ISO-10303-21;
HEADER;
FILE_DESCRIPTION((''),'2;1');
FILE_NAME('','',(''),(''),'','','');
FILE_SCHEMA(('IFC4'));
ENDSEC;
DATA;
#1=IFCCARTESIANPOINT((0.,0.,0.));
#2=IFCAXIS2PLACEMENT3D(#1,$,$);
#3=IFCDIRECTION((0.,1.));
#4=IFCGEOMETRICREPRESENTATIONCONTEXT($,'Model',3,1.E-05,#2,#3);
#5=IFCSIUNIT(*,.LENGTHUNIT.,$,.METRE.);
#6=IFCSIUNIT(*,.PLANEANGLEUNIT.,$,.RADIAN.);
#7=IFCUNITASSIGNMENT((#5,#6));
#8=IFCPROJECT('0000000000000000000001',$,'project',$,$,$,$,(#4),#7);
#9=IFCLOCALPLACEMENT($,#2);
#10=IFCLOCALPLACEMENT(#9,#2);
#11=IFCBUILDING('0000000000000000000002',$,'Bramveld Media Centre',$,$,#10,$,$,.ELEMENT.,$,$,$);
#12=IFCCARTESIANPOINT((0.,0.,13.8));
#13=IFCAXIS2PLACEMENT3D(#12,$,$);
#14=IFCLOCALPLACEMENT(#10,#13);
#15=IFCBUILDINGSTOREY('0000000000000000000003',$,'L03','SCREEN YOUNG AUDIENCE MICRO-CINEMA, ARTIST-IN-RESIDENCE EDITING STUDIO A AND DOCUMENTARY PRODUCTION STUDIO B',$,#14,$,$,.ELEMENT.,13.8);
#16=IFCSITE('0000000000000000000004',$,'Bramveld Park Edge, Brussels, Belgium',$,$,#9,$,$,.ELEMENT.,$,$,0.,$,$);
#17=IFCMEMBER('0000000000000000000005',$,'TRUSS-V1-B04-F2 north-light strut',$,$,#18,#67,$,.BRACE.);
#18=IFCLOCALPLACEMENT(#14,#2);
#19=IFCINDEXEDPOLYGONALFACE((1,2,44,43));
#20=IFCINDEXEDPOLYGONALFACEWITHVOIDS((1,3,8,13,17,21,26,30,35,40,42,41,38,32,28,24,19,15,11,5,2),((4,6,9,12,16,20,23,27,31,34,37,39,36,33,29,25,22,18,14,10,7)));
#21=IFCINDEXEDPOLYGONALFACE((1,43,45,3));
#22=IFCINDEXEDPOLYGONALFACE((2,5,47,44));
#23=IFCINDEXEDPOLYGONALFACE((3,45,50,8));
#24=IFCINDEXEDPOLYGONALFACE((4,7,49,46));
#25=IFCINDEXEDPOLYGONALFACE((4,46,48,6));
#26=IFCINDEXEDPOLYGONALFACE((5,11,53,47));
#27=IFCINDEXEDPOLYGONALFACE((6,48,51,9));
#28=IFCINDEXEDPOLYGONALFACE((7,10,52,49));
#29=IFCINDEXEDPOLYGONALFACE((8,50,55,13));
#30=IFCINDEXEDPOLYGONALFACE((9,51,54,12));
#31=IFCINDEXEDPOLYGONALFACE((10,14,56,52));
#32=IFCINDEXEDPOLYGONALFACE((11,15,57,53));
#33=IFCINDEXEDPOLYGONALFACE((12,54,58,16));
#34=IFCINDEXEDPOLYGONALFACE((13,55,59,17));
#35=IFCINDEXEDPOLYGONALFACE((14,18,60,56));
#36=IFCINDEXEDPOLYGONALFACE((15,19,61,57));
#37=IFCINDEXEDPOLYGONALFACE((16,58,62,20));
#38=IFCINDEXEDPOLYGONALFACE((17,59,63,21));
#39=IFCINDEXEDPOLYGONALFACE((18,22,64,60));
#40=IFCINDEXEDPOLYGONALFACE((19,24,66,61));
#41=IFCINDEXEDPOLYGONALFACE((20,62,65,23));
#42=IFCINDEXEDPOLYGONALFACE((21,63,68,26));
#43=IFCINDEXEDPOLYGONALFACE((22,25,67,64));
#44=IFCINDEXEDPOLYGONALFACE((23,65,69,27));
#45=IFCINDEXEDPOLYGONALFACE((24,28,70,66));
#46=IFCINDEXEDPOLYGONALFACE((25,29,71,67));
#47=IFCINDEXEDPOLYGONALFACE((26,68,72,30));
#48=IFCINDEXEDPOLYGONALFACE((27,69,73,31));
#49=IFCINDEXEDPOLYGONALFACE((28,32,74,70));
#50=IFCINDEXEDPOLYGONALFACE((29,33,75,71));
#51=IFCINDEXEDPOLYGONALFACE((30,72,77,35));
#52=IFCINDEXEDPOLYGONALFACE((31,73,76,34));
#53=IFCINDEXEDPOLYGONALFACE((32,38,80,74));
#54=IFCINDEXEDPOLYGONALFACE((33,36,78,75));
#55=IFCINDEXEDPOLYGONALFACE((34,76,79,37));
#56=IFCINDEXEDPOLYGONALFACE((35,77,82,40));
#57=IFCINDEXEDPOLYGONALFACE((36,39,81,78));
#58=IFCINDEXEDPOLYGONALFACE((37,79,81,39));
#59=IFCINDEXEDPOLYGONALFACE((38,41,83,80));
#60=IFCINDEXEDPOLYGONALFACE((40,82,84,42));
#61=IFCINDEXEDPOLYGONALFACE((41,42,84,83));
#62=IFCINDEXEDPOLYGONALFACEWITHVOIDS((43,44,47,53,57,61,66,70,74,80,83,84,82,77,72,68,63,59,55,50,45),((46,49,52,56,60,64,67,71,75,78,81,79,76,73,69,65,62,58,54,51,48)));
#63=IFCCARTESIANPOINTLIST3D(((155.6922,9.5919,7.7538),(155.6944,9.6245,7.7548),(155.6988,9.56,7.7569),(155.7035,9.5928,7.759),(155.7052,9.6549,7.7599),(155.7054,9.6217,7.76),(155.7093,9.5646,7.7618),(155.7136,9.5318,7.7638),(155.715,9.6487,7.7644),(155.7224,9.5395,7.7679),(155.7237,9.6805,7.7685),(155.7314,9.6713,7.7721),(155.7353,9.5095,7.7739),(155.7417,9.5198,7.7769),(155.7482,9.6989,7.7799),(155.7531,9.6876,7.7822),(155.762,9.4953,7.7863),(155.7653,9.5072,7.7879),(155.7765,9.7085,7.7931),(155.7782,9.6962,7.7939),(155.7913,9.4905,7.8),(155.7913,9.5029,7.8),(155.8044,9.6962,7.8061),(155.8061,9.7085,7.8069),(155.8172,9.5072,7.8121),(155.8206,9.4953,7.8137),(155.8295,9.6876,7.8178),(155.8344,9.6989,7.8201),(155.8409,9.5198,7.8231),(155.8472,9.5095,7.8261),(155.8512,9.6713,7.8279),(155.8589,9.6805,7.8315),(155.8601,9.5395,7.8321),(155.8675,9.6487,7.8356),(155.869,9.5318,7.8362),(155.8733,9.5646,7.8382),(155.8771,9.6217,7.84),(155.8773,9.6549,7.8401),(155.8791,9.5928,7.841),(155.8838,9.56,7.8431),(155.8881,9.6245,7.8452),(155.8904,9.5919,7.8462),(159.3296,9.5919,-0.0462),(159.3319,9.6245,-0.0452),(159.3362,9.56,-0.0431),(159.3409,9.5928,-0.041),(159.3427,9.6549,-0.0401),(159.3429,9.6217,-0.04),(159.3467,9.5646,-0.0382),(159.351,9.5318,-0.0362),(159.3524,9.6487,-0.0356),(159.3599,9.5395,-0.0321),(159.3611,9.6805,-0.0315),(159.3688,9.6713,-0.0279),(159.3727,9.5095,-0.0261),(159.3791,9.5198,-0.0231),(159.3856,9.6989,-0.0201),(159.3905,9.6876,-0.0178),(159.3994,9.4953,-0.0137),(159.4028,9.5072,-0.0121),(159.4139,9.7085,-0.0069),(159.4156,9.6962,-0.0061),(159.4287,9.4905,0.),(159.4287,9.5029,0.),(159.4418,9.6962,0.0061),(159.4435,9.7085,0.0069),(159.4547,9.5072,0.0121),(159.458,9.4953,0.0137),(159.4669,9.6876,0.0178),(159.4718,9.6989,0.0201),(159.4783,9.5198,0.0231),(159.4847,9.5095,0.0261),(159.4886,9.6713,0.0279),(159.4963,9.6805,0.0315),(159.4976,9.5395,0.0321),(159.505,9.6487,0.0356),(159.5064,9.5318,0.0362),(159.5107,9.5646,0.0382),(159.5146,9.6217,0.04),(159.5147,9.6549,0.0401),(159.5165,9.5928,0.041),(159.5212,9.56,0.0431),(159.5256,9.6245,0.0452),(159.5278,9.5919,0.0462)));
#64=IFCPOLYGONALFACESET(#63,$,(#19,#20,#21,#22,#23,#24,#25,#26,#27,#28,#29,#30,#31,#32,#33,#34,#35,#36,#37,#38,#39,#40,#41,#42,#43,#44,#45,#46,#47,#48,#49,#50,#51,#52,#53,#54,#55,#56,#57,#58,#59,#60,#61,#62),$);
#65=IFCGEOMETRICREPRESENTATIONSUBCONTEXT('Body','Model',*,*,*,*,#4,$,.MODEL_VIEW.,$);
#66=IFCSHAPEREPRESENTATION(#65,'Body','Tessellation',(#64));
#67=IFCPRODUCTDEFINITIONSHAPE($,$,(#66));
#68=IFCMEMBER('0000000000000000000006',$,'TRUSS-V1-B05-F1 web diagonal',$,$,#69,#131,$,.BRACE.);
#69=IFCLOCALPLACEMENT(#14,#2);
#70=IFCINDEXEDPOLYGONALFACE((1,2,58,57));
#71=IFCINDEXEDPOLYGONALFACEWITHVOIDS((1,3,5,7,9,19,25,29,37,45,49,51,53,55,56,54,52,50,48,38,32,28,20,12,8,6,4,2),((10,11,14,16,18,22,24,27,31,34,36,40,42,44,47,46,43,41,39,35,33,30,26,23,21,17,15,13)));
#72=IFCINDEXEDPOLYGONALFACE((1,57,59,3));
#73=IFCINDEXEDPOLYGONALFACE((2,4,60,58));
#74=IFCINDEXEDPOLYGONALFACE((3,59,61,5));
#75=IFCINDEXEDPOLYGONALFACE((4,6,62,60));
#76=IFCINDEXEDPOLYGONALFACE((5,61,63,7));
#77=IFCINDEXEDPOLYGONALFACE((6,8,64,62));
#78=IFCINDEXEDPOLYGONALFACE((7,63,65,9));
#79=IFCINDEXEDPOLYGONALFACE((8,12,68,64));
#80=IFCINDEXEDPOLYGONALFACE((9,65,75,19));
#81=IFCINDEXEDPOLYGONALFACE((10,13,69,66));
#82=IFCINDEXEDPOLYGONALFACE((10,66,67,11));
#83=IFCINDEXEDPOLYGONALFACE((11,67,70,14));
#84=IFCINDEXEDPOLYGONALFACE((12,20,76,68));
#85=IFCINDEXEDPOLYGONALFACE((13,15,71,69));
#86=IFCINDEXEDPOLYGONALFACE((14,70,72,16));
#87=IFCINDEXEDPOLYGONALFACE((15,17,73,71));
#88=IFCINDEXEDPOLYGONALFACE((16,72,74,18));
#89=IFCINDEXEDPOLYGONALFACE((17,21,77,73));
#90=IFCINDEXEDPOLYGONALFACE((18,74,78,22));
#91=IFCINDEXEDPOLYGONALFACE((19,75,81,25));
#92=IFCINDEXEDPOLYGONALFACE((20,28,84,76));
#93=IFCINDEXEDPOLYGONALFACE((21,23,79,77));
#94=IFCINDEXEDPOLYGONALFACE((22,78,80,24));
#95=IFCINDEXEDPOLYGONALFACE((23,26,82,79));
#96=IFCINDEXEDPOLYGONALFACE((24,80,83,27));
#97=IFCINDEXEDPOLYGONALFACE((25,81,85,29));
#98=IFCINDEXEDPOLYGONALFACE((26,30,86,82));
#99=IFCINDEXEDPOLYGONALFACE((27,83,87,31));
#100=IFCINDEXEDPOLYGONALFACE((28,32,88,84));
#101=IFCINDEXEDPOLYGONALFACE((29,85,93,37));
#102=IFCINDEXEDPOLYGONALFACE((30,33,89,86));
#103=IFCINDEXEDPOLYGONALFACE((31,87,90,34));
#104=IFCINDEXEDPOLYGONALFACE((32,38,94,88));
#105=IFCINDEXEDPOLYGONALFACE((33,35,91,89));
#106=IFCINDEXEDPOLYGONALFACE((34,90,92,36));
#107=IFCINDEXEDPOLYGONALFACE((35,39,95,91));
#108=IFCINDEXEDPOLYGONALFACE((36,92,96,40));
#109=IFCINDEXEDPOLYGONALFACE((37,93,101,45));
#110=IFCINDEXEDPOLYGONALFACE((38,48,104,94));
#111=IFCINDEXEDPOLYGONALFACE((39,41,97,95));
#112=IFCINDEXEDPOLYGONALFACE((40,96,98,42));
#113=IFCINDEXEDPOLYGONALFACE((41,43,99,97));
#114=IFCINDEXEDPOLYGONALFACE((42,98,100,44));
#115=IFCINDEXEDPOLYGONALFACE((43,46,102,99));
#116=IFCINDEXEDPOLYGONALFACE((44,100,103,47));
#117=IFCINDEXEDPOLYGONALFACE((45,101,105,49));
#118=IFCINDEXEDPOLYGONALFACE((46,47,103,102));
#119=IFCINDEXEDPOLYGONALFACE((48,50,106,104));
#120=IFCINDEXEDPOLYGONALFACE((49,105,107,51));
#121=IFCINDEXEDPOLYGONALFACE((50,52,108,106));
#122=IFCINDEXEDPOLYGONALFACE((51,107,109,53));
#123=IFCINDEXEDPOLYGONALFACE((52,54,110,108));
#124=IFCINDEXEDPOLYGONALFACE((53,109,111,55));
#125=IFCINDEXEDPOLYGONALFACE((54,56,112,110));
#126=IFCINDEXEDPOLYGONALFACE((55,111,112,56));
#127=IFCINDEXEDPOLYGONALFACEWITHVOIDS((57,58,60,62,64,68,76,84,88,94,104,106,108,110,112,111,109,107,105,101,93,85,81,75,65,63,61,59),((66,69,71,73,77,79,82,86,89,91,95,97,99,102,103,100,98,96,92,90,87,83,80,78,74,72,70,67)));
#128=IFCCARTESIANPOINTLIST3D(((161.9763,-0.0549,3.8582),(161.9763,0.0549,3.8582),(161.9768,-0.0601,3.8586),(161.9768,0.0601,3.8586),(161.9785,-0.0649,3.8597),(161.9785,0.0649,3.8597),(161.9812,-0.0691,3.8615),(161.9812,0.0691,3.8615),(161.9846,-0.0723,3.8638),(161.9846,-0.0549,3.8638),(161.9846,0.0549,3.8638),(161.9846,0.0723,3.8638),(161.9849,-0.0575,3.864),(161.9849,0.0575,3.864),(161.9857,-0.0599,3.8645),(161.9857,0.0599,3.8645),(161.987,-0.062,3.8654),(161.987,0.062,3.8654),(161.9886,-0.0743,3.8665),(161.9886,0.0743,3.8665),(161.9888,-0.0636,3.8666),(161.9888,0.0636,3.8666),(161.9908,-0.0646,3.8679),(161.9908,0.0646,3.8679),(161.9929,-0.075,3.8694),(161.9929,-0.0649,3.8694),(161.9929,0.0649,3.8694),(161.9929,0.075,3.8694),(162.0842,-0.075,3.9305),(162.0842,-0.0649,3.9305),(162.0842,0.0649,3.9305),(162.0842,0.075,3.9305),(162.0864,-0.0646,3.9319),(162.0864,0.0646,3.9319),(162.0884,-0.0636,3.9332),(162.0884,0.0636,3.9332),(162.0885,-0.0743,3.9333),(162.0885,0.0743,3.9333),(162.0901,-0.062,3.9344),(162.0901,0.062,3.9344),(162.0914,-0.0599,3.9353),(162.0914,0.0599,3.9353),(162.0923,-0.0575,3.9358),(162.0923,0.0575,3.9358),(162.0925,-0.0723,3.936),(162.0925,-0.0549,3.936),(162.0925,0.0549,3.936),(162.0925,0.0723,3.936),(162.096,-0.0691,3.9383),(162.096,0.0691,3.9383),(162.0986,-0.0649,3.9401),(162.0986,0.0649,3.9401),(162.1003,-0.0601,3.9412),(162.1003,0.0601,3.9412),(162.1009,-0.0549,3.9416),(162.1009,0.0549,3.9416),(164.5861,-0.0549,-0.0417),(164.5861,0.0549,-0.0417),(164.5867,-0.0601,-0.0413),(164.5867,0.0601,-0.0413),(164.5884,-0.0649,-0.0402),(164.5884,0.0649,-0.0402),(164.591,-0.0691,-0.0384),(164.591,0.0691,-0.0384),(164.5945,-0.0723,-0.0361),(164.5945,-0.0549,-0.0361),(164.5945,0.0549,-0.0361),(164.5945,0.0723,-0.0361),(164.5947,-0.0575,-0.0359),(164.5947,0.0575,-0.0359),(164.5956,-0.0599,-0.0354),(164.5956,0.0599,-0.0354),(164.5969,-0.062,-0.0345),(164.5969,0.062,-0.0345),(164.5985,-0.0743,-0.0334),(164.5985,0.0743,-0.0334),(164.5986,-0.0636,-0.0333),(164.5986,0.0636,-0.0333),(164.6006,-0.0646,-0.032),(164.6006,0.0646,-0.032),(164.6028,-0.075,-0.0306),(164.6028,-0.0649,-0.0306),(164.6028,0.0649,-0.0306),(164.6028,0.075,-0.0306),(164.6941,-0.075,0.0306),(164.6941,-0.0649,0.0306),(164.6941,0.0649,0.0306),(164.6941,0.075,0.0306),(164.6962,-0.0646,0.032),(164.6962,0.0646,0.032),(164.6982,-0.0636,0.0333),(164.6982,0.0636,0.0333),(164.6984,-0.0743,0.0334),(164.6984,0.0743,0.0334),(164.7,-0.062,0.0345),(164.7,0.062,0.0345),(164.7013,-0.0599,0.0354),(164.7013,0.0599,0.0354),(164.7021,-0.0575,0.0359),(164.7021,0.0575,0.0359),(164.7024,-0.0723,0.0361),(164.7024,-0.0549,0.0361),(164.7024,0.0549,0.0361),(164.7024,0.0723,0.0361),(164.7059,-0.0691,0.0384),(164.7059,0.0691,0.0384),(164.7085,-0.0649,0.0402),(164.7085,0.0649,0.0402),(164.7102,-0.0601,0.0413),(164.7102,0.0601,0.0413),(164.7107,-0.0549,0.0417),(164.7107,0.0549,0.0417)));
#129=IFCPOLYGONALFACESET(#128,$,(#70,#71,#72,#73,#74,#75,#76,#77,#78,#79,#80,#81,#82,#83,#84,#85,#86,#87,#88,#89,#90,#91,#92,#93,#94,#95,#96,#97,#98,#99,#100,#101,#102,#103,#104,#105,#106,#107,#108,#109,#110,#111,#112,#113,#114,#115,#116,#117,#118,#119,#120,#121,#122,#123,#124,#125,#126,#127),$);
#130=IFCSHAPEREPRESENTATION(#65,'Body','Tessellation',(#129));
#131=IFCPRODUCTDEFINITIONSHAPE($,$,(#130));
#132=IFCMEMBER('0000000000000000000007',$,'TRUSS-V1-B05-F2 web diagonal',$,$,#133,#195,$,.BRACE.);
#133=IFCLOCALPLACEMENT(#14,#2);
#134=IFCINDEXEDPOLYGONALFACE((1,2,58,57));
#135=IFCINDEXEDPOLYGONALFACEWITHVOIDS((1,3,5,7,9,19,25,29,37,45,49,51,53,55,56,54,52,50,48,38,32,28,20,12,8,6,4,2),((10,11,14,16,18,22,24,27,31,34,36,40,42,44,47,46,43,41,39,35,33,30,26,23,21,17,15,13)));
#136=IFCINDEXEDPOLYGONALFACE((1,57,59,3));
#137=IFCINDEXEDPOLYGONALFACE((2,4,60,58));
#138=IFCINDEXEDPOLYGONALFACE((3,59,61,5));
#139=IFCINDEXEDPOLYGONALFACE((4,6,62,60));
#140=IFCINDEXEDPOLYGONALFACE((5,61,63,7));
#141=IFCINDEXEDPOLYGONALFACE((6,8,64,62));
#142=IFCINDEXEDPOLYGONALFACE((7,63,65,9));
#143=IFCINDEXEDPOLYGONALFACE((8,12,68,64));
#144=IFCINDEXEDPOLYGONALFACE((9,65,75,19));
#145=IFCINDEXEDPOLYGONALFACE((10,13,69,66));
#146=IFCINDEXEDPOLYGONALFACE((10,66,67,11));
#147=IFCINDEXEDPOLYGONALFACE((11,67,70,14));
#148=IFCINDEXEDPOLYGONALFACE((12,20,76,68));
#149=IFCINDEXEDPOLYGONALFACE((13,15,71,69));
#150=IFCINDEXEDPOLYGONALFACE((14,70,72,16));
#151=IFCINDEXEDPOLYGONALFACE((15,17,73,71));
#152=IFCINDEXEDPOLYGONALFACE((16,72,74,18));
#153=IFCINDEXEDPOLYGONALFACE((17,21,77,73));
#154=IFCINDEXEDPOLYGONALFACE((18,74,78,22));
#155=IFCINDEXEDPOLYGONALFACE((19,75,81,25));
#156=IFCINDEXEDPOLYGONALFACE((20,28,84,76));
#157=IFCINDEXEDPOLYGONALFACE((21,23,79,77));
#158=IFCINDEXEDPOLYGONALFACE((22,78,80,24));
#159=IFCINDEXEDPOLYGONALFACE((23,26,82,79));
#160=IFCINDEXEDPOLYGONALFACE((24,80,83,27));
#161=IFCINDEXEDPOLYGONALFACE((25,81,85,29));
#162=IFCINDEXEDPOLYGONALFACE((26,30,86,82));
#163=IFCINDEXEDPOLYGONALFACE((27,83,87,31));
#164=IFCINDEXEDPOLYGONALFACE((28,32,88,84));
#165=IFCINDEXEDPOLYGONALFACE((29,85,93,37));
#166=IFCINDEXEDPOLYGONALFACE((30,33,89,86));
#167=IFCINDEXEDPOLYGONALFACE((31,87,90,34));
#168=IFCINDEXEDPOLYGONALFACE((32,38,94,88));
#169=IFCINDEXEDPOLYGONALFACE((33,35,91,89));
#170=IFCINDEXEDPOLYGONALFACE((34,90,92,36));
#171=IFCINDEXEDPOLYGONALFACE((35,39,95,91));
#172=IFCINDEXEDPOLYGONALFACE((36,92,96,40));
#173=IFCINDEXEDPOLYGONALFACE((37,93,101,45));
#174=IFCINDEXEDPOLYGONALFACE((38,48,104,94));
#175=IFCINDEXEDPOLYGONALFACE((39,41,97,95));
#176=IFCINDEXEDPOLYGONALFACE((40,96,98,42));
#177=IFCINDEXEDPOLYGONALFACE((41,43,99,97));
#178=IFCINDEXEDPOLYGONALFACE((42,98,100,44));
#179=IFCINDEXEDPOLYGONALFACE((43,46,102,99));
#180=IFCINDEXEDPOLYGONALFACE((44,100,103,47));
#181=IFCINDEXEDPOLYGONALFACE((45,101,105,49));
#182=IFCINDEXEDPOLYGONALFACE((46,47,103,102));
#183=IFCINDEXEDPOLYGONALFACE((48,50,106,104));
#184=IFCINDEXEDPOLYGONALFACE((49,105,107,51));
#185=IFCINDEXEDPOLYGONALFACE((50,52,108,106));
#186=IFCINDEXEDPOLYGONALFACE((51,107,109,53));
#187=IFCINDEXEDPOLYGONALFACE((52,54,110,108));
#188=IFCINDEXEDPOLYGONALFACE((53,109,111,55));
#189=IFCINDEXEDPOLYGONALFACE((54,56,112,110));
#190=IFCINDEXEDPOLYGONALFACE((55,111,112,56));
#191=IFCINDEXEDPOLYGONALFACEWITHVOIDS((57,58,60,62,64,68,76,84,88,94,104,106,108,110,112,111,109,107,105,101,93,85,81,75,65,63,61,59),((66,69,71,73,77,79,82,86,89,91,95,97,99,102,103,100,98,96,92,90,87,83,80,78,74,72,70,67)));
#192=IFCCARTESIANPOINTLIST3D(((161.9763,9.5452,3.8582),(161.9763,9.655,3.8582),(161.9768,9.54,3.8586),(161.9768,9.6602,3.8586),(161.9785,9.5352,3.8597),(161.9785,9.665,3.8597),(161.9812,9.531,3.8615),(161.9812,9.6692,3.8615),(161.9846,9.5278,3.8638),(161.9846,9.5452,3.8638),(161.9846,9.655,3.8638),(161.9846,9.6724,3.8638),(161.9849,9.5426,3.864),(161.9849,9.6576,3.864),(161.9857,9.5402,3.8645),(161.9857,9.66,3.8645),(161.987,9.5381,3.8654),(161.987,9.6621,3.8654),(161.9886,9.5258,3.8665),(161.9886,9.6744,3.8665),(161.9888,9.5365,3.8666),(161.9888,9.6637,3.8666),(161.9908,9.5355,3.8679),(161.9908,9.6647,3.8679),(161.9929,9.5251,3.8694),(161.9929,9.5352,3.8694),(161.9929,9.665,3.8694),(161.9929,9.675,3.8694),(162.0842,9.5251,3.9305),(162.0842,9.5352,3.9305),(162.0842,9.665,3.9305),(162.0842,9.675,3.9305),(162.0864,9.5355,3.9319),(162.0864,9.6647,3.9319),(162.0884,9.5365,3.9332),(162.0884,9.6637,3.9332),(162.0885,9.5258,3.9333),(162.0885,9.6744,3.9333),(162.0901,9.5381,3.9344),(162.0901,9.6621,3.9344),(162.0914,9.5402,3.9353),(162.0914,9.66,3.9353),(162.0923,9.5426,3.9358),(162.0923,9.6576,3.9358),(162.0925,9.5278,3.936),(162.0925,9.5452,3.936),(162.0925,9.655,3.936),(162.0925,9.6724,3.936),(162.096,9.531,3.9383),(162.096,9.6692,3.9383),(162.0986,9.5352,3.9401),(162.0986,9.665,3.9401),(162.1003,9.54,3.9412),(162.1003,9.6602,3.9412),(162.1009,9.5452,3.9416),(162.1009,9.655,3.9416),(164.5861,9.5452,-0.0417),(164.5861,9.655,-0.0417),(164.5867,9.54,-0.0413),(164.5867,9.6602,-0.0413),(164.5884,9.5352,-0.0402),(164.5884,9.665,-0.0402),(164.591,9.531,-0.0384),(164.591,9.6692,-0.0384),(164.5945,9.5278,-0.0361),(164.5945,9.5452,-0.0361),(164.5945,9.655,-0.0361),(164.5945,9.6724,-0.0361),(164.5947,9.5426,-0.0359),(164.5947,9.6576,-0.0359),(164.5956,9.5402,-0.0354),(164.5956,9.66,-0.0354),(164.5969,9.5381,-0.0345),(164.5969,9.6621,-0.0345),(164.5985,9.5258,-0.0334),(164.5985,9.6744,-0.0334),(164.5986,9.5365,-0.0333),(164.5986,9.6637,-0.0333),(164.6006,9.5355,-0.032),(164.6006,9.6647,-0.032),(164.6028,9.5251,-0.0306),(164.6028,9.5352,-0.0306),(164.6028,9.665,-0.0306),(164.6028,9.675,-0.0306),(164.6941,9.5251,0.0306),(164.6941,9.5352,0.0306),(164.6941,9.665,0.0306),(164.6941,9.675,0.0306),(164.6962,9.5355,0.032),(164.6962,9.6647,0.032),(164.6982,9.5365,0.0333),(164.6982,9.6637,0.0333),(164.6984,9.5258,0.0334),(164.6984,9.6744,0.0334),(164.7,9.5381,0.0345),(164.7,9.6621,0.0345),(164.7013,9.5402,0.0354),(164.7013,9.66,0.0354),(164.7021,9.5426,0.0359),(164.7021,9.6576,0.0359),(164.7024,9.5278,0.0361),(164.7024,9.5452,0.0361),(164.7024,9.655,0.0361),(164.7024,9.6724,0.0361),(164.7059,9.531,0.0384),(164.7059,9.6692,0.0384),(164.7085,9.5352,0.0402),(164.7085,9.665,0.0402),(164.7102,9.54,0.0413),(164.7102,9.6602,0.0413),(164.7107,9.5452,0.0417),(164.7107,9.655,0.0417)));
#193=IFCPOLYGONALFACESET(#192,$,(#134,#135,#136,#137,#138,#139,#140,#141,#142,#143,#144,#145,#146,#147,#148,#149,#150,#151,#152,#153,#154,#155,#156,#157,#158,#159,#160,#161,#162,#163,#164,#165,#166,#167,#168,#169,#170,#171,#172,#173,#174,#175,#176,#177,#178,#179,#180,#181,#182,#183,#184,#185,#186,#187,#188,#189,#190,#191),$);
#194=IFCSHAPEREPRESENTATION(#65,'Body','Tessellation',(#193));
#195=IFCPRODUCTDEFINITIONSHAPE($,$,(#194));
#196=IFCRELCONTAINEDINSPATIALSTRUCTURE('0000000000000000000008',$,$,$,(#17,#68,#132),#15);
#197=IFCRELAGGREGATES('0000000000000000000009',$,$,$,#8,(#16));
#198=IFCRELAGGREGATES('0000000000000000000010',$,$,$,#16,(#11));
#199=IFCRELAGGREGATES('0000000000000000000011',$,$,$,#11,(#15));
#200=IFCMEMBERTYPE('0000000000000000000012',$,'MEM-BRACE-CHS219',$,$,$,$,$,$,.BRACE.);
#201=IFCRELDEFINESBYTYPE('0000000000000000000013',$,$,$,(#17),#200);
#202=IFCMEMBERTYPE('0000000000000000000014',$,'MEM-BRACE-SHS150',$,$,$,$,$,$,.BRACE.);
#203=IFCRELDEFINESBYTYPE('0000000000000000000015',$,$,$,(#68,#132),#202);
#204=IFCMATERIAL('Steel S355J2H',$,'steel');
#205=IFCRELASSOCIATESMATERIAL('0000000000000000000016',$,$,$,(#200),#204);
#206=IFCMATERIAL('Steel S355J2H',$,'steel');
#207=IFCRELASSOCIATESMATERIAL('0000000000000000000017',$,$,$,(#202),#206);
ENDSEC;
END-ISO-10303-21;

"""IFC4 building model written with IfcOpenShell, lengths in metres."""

from ifc_helpers import new_model, si_unit, direction, frame, origin, origin_2d, place, context, subcontext, project, spatial, hollow_rectangle, hollow_circle, extrude, material, material_profile, profile_set, type_object, element, save


model = new_model("IFC4")

# Units and contexts
model_context = context("Model", 3, precision=1e-05, world=origin(), true_north=direction((0.0, 1.0)))
body_context = subcontext(model_context, "Body", "Model", "MODEL_VIEW")
ifc_project = project(units=[si_unit("LENGTHUNIT", "METRE"), si_unit("PLANEANGLEUNIT", "RADIAN")], contexts=[model_context])

# Site, building, storey
site_placement = place(None, origin())
site = spatial("IfcSite", under=ifc_project, at=site_placement, Name="Bramveld Park Edge, Brussels, Belgium", CompositionType="ELEMENT", RefElevation=0.0)
building_placement = place(site_placement, origin())
building = spatial("IfcBuilding", under=site, at=building_placement, Name="Bramveld Media Centre", CompositionType="ELEMENT")
storey_placement = place(building_placement, frame((0.0, 0.0, 13.8)))
storey = spatial("IfcBuildingStorey", under=building, at=storey_placement, Name="L03", Description="SCREEN YOUNG AUDIENCE MICRO-CINEMA, ARTIST-IN-RESIDENCE EDITING STUDIO A AND DOCUMENTARY PRODUCTION STUDIO B", CompositionType="ELEMENT", Elevation=13.8)

# Members
ifc_material_1 = material(Name="Steel S355J2H", Category="steel")
ifc_material_profile_1 = material_profile(ifc_material_1, hollow_circle(Radius=0.1096, WallThickness=0.0125, at=origin_2d()), Name="CHS 219.1x12.5")
ifc_profile_set_1 = profile_set([ifc_material_profile_1], Name="Steel S355J2H")
member_type_1 = type_object("IfcMemberType", Name="MEM-BRACE-CHS219", PredefinedType="BRACE", material=ifc_profile_set_1)
for number, where, z_axis, x_axis, name in (
    (1, (159.4287, 9.6001, 0.0), (-0.42264, 0.0, 0.906298), (0.0, -1.0, 0.0), "TRUSS-V1-B04-F2 north-light strut"),
):
    element("IfcMember", number, at=place(storey_placement, frame(where, z_axis=z_axis, x_axis=x_axis)), inside=storey, type_object=member_type_1, Name=name, PredefinedType="BRACE", context=body_context, shape_type="SweptSolid", body=[
        extrude(hollow_circle(Radius=0.1096, WallThickness=0.0125, at=origin_2d()), origin(), (0.0, 0.0, 1.0), 8.6064),
    ])
ifc_material_2 = material(Name="Steel S355J2H", Category="steel")
ifc_material_profile_2 = material_profile(ifc_material_2, hollow_rectangle(XDim=0.1499, YDim=0.1499, WallThickness=0.01, InnerFilletRadius=0.01, OuterFilletRadius=0.02, at=origin_2d()), Name="SHS 150x150x10")
ifc_profile_set_2 = profile_set([ifc_material_profile_2], Name="Steel S355J2H")
member_type_2 = type_object("IfcMemberType", Name="MEM-BRACE-SHS150", PredefinedType="BRACE", material=ifc_profile_set_2)
for number, where, z_axis, x_axis, name in (
    (2, (164.6484, 0.0, 0.0), (-0.556164, 0.0, 0.831073), (0.0, -1.0, 0.0), "TRUSS-V1-B05-F1 web diagonal"),
    (3, (164.6484, 9.6001, 0.0), (-0.556164, 0.0, 0.831073), (0.0, -1.0, 0.0), "TRUSS-V1-B05-F2 web diagonal"),
):
    element("IfcMember", number, at=place(storey_placement, frame(where, z_axis=z_axis, x_axis=x_axis)), inside=storey, type_object=member_type_2, Name=name, PredefinedType="BRACE", context=body_context, shape_type="SweptSolid", body=[
        extrude(hollow_rectangle(XDim=0.1499, YDim=0.1499, WallThickness=0.01, InnerFilletRadius=0.01, OuterFilletRadius=0.02, at=origin_2d()), origin(), (0.0, 0.0, 1.0), 4.6926),
    ])

save(model, "model.ifc")
